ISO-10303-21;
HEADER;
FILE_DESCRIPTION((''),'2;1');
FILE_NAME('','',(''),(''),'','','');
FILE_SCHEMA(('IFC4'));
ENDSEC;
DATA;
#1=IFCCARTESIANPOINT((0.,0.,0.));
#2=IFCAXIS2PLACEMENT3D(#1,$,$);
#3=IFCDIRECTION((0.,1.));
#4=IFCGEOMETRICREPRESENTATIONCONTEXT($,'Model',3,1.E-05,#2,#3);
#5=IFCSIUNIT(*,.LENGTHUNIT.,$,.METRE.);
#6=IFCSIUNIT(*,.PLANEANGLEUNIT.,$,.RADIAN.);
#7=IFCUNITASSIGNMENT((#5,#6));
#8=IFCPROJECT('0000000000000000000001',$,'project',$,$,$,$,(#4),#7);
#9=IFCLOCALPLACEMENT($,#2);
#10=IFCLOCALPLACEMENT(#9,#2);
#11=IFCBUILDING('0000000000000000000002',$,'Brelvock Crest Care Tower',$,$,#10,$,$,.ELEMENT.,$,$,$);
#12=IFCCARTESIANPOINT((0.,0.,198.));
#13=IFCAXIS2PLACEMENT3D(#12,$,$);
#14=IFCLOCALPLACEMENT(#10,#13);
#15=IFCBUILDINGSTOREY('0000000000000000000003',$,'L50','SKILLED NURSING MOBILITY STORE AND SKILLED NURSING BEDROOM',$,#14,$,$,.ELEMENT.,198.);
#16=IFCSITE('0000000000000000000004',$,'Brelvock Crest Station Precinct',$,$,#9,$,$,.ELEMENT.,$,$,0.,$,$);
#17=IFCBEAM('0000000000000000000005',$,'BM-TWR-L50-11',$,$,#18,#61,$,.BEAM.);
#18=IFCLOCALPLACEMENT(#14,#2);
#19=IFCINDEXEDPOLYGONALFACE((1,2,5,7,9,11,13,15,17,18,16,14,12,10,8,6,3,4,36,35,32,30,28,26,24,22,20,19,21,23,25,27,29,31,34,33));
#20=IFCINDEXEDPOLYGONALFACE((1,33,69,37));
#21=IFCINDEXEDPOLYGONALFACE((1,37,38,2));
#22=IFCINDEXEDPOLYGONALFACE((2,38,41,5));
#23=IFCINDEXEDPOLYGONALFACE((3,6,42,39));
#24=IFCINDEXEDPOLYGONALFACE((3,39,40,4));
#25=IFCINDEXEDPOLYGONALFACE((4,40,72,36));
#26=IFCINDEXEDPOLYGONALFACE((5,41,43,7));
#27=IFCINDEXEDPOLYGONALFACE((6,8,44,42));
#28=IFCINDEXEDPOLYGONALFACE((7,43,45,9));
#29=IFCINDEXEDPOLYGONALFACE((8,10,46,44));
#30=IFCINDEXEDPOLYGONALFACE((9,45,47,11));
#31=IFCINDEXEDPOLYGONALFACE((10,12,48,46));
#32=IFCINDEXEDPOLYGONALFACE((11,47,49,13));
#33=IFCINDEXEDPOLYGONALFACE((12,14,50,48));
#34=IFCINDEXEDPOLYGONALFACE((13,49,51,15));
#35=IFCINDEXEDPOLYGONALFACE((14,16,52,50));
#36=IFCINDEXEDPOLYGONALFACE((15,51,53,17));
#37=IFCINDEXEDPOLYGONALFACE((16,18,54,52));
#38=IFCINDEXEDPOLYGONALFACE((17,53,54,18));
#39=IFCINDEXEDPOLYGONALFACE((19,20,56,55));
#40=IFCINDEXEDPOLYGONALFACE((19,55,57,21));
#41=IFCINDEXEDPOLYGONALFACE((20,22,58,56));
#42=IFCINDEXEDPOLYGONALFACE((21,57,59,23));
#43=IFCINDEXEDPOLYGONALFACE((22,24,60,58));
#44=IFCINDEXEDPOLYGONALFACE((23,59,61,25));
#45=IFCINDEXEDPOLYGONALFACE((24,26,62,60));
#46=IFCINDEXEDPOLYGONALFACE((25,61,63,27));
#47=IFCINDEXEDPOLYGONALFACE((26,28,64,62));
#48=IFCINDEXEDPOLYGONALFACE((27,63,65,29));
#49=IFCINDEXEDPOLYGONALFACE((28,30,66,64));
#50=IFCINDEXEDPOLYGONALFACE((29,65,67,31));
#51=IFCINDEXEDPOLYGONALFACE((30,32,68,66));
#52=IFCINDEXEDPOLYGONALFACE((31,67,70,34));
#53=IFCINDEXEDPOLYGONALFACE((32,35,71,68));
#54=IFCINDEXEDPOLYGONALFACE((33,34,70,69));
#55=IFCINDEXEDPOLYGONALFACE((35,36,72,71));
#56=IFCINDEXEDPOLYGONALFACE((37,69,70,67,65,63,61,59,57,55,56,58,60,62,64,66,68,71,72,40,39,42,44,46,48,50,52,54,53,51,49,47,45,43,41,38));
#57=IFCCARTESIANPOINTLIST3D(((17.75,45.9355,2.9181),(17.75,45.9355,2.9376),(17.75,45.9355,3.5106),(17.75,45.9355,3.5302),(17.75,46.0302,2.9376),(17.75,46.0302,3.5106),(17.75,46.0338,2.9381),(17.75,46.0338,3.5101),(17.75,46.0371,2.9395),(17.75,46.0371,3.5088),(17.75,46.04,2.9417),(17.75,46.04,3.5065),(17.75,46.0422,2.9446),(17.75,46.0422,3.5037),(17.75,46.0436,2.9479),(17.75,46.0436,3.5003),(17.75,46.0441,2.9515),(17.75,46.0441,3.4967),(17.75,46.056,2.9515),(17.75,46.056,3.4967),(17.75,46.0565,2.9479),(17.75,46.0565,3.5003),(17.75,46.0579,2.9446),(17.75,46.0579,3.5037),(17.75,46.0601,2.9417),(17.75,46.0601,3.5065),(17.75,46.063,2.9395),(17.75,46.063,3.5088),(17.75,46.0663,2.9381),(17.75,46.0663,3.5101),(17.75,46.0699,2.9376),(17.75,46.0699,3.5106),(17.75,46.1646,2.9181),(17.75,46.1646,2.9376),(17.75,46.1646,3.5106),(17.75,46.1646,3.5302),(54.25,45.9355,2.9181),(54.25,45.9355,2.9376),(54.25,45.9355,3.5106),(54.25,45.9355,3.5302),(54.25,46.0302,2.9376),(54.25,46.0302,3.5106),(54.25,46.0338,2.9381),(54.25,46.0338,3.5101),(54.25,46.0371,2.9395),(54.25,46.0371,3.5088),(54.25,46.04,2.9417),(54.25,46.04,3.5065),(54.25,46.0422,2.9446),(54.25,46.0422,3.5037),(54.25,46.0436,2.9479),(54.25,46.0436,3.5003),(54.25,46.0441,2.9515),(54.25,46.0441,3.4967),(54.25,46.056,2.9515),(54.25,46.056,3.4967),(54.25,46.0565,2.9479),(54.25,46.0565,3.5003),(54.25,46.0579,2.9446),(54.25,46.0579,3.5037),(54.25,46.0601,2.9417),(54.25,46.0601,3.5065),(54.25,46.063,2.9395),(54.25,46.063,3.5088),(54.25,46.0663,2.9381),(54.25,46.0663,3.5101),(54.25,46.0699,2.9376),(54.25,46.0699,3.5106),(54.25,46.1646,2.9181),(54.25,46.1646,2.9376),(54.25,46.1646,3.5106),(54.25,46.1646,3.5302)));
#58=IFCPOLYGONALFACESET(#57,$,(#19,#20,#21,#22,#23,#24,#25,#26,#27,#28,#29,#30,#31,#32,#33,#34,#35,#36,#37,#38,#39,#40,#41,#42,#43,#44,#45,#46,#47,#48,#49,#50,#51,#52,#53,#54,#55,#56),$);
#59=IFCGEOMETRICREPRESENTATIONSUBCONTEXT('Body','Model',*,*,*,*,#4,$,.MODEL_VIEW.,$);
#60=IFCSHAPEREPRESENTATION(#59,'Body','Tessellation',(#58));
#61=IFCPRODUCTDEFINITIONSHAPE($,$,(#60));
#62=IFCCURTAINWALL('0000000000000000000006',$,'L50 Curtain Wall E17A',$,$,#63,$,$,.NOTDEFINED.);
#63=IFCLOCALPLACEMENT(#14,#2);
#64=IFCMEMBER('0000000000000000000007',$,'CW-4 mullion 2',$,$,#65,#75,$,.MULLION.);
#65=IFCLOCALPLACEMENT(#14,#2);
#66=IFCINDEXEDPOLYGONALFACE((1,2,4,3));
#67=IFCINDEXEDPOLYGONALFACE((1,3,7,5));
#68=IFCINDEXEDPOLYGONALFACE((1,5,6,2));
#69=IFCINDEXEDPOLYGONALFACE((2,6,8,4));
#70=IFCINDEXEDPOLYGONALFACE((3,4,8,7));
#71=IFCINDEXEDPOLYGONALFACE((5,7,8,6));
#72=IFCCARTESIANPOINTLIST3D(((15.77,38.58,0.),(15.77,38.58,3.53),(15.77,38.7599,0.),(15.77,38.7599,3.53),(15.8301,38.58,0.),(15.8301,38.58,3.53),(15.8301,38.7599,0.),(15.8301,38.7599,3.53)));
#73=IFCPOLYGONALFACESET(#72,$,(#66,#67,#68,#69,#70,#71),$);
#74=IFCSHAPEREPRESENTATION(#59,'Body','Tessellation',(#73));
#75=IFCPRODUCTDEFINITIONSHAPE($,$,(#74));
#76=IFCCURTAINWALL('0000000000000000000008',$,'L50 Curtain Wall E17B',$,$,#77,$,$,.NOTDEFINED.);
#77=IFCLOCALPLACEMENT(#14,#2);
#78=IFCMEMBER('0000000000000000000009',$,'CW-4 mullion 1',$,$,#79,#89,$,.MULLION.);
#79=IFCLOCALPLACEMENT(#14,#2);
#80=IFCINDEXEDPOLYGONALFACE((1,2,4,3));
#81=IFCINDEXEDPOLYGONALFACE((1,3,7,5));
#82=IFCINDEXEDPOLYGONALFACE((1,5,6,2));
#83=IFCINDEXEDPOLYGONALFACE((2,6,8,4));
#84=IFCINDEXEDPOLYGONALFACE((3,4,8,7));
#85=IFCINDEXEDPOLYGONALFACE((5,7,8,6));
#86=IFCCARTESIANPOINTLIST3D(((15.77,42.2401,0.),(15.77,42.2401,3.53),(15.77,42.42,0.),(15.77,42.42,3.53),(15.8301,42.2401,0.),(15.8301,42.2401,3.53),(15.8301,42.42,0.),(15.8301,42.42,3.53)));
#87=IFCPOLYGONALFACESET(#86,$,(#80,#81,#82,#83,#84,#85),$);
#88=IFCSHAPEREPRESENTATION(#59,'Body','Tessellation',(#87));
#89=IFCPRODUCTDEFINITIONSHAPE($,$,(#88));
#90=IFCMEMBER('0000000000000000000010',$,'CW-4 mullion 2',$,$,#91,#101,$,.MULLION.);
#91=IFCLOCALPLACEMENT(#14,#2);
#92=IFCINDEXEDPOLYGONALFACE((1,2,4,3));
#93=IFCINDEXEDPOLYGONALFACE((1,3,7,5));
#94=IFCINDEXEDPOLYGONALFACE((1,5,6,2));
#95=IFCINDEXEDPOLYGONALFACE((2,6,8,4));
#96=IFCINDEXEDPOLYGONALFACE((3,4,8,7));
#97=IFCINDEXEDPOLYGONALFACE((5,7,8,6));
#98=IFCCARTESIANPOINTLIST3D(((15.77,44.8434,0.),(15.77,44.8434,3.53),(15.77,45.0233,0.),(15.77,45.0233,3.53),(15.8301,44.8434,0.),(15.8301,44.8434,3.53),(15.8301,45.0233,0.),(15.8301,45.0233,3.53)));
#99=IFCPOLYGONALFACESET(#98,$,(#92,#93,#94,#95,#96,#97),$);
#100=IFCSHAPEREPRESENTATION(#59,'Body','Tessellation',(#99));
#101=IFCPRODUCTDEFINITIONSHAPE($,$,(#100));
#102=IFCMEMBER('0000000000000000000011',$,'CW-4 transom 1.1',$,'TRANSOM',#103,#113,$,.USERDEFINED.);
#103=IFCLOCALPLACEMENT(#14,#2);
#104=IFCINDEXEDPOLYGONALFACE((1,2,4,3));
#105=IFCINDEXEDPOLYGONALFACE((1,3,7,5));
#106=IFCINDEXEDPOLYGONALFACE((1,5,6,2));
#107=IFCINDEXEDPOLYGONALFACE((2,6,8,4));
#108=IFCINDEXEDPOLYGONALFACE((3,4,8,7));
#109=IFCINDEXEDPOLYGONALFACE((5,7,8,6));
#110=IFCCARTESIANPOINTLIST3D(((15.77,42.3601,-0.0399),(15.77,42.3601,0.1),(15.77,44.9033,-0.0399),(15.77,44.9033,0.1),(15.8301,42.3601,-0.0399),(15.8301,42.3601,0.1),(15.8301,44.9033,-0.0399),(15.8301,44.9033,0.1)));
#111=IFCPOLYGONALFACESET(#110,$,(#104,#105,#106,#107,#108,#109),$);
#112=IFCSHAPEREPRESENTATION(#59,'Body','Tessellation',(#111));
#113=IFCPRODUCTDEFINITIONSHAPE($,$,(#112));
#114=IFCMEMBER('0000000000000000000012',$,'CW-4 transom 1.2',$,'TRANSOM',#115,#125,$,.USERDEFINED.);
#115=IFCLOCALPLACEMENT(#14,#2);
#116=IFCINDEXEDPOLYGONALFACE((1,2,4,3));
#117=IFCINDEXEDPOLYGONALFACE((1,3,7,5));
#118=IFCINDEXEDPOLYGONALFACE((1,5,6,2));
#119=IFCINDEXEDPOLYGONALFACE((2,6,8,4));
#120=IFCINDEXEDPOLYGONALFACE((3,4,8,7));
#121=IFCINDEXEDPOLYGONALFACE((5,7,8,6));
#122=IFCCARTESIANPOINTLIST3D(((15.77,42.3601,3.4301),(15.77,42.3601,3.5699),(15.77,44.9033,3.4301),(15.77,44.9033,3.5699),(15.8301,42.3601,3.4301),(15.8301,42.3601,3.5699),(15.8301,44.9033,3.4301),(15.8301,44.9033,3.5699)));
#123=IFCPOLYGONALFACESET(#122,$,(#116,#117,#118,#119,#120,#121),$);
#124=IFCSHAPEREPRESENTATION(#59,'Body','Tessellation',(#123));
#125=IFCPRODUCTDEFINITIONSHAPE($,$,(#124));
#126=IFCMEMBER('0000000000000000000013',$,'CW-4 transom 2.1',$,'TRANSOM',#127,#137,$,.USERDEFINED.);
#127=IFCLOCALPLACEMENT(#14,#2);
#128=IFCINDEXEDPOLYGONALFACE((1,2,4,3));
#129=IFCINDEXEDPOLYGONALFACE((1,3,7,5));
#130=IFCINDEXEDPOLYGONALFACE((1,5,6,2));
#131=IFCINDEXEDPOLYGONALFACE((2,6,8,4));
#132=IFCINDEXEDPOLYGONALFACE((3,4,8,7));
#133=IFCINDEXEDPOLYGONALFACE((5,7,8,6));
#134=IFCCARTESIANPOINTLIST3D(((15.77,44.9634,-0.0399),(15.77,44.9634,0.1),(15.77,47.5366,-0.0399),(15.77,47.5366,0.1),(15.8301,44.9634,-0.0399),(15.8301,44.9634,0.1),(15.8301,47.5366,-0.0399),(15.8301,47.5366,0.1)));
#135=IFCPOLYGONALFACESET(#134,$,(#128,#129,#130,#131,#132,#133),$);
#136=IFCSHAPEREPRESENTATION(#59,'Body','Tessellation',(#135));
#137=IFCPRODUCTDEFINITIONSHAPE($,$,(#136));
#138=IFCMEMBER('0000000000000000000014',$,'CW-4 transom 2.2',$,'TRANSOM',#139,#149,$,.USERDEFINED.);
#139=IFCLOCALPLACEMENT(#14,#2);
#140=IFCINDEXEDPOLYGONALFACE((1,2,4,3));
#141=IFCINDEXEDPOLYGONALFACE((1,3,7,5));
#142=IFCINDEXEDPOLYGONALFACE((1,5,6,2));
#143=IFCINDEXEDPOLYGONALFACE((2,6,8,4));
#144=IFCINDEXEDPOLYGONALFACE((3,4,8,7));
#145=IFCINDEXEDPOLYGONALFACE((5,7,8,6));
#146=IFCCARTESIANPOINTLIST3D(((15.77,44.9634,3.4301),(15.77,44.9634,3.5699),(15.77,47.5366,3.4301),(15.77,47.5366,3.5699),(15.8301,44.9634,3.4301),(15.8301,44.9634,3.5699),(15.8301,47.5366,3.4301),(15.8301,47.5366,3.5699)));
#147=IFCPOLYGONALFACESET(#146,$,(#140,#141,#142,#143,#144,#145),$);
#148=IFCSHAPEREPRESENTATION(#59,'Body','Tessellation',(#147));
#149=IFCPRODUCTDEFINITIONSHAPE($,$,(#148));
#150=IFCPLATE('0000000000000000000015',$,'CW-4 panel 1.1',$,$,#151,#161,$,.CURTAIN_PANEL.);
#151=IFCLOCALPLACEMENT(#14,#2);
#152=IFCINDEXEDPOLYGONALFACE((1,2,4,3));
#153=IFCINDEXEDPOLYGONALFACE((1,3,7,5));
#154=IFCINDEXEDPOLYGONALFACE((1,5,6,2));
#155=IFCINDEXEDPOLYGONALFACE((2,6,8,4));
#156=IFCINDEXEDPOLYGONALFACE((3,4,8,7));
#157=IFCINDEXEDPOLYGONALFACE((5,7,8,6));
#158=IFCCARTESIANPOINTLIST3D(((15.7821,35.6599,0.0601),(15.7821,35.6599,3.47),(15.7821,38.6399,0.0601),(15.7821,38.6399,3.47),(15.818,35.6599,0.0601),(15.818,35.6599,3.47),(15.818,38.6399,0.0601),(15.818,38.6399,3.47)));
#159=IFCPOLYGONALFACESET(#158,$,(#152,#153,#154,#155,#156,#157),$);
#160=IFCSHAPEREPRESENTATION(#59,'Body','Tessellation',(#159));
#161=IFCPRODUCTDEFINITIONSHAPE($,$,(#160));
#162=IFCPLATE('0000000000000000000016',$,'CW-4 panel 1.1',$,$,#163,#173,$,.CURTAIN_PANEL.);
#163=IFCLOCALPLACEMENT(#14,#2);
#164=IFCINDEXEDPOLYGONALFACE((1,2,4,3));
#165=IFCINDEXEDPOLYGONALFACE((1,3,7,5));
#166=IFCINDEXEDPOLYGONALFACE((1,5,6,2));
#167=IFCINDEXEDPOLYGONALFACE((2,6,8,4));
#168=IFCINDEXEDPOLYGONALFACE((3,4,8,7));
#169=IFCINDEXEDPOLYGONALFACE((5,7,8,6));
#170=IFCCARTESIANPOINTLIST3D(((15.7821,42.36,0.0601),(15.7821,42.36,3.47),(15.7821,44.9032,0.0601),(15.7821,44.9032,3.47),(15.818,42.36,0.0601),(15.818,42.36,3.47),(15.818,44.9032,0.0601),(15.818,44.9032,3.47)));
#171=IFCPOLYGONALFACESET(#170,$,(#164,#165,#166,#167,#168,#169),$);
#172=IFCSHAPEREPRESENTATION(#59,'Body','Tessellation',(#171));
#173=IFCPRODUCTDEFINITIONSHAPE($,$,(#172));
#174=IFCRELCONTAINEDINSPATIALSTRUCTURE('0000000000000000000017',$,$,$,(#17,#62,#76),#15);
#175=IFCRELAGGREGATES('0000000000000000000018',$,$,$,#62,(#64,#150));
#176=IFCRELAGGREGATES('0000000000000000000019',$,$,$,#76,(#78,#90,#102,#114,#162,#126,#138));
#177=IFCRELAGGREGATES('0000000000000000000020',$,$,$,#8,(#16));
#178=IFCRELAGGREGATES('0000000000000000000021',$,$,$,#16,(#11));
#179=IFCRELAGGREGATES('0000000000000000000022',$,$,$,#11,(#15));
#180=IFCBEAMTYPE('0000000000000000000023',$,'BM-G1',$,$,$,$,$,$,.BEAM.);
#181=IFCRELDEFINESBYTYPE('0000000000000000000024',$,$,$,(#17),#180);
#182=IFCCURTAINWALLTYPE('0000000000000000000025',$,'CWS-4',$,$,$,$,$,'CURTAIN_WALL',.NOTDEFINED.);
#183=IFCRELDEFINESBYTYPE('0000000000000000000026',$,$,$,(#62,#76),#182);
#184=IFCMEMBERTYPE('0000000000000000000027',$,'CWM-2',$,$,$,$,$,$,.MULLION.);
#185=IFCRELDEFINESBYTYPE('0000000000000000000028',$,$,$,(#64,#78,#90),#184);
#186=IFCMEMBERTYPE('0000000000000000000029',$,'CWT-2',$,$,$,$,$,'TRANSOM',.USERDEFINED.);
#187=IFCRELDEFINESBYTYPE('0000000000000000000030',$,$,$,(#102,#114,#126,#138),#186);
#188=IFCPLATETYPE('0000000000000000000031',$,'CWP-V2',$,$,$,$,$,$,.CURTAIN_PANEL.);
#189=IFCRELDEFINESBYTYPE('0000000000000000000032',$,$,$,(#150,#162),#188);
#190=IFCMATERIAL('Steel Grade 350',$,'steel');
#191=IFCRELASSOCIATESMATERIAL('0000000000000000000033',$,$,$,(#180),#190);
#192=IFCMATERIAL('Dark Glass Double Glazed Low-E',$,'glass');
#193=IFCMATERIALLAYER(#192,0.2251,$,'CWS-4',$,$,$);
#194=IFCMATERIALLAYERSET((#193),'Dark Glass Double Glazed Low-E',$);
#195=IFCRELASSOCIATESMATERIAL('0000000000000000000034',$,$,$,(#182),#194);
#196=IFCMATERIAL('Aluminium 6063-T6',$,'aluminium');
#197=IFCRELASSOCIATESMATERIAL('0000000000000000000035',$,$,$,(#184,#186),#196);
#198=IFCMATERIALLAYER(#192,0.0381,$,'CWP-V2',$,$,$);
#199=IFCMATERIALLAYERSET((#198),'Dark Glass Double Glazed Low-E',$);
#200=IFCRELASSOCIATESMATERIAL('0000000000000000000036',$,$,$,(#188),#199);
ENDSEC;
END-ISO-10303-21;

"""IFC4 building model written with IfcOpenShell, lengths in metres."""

from ifc_helpers import new_model, si_unit, direction, frame, origin, origin_2d, place, context, subcontext, project, spatial, rectangle, i_section, extrude, source, transform, mapped, material, layer, layer_set, material_profile, profile_set, type_object, element, aggregate, save


model = new_model("IFC4")

# Units and contexts
model_context = context("Model", 3, precision=1e-05, world=origin(), true_north=direction((0.0, 1.0)))
body_context = subcontext(model_context, "Body", "Model", "MODEL_VIEW")
ifc_project = project(units=[si_unit("LENGTHUNIT", "METRE"), si_unit("PLANEANGLEUNIT", "RADIAN")], contexts=[model_context])

# Site, building, storey
site_placement = place(None, origin())
site = spatial("IfcSite", under=ifc_project, at=site_placement, Name="Brelvock Crest Station Precinct", CompositionType="ELEMENT", RefElevation=0.0)
building_placement = place(site_placement, origin())
building = spatial("IfcBuilding", under=site, at=building_placement, Name="Brelvock Crest Care Tower", CompositionType="ELEMENT")
storey_placement = place(building_placement, frame((0.0, 0.0, 198.0)))
storey = spatial("IfcBuildingStorey", under=building, at=storey_placement, Name="L50", Description="SKILLED NURSING MOBILITY STORE AND SKILLED NURSING BEDROOM", CompositionType="ELEMENT", Elevation=198.0)

# Shared definitions
ifc_material_1 = material(Name="Steel Grade 350", Category="steel")

# Beam
ifc_material_profile_1 = material_profile(ifc_material_1, i_section(OverallWidth=0.229, OverallDepth=0.6121, WebThickness=0.012, FlangeThickness=0.0195, FilletRadius=0.0139, at=origin_2d()), Name="610UB125")
ifc_profile_set_1 = profile_set([ifc_material_profile_1], Name="Steel Grade 350")
beam_type_1 = type_object("IfcBeamType", Name="BM-G1", PredefinedType="BEAM", material=ifc_profile_set_1)
shared_shape_1 = source(origin(), body_context, "Body", "SweptSolid", [
    extrude(i_section(OverallWidth=0.229, OverallDepth=0.6121, WebThickness=0.012, FlangeThickness=0.0195, FilletRadius=0.0139, at=origin_2d()), origin(), (0.0, 0.0, 1.0), 36.5),
])
beam_1_placement = place(storey_placement, frame((17.75, 46.05, 3.2241), z_axis=(1.0, 0.0, 0.0), x_axis=(0.0, 1.0, 0.0)))
element("IfcBeam", 1, at=beam_1_placement, inside=storey, type_object=beam_type_1, Name="BM-TWR-L50-11", PredefinedType="BEAM", context=body_context, shape_type="MappedRepresentation", body=[
    mapped(shared_shape_1, transform((0.0, 0.0, 0.0), x_axis=(1.0, 0.0, 0.0), y_axis=(0.0, 1.0, 0.0), z_axis=(0.0, 0.0, 1.0), scale=1.0)),
])

# Curtain wall, member
ifc_material_2 = material(Name="Dark Glass Double Glazed Low-E", Category="glass")
ifc_layer_1 = layer(ifc_material_2, 0.2251, Name="CWS-4")
ifc_layer_set_1 = layer_set([ifc_layer_1], Name="Dark Glass Double Glazed Low-E")
curtain_wall_type = type_object("IfcCurtainWallType", Name="CWS-4", ElementType="CURTAIN_WALL", PredefinedType="NOTDEFINED", material=ifc_layer_set_1)
curtain_wall_1_placement = place(storey_placement, origin())
curtain_wall_1 = element("IfcCurtainWall", 2, at=curtain_wall_1_placement, inside=storey, type_object=curtain_wall_type, Name="L50 Curtain Wall E17A", PredefinedType="NOTDEFINED")
ifc_material_3 = material(Name="Aluminium 6063-T6", Category="aluminium")
ifc_material_profile_2 = material_profile(ifc_material_3, rectangle(XDim=0.0601, YDim=0.1799, at=origin_2d()), Name="ALU60x180")
ifc_profile_set_2 = profile_set([ifc_material_profile_2], Name="Aluminium 6063-T6")
member_type_1 = type_object("IfcMemberType", Name="CWM-2", PredefinedType="MULLION", material=ifc_profile_set_2)
shared_shape_2 = source(origin(), body_context, "Body", "SweptSolid", [
    extrude(rectangle(XDim=0.0601, YDim=0.1799, at=origin_2d()), origin(), (0.0, 0.0, 1.0), 3.53),
])
member_1_placement = place(storey_placement, frame((15.8, 38.6699, 0.0), z_axis=(0.0, 0.0, 1.0), x_axis=(-1.0, 0.0, 0.0)))
member_1 = element("IfcMember", 3, at=member_1_placement, type_object=member_type_1, Name="CW-4 mullion 2", PredefinedType="MULLION", context=body_context, shape_type="MappedRepresentation", body=[
    mapped(shared_shape_2, transform((0.0, 0.0, 0.0), x_axis=(1.0, 0.0, 0.0), y_axis=(0.0, 1.0, 0.0), z_axis=(0.0, 0.0, 1.0), scale=1.0)),
])

# Curtain wall, members
curtain_wall_2_placement = place(storey_placement, origin())
curtain_wall_2 = element("IfcCurtainWall", 4, at=curtain_wall_2_placement, inside=storey, type_object=curtain_wall_type, Name="L50 Curtain Wall E17B", PredefinedType="NOTDEFINED")
member_2_placement = place(storey_placement, frame((15.8, 42.3301, 0.0), z_axis=(0.0, 0.0, 1.0), x_axis=(-1.0, 0.0, 0.0)))
member_2 = element("IfcMember", 5, at=member_2_placement, type_object=member_type_1, Name="CW-4 mullion 1", PredefinedType="MULLION", context=body_context, shape_type="MappedRepresentation", body=[
    mapped(shared_shape_2, transform((0.0, 0.0, 0.0), x_axis=(1.0, 0.0, 0.0), y_axis=(0.0, 1.0, 0.0), z_axis=(0.0, 0.0, 1.0), scale=1.0)),
])
member_3_placement = place(storey_placement, frame((15.8, 44.9333, 0.0), z_axis=(0.0, 0.0, 1.0), x_axis=(-1.0, 0.0, 0.0)))
member_3 = element("IfcMember", 6, at=member_3_placement, type_object=member_type_1, Name="CW-4 mullion 2", PredefinedType="MULLION", context=body_context, shape_type="MappedRepresentation", body=[
    mapped(shared_shape_2, transform((0.0, 0.0, 0.0), x_axis=(1.0, 0.0, 0.0), y_axis=(0.0, 1.0, 0.0), z_axis=(0.0, 0.0, 1.0), scale=1.0)),
])
ifc_material_profile_3 = material_profile(ifc_material_3, rectangle(XDim=0.0601, YDim=0.1399, at=origin_2d()), Name="ALU60x140")
ifc_profile_set_3 = profile_set([ifc_material_profile_3], Name="Aluminium 6063-T6")
member_type_2 = type_object("IfcMemberType", Name="CWT-2", ElementType="TRANSOM", PredefinedType="USERDEFINED", material=ifc_profile_set_3)
shared_shape_3 = source(origin(), body_context, "Body", "SweptSolid", [
    extrude(rectangle(XDim=0.0601, YDim=0.1399, at=origin_2d()), origin(), (0.0, 0.0, 1.0), 2.5432),
])
member_4_placement = place(storey_placement, frame((15.8, 42.3601, 0.03), z_axis=(0.0, 1.0, 0.0), x_axis=(-1.0, 0.0, 0.0)))
member_4 = element("IfcMember", 7, at=member_4_placement, type_object=member_type_2, Name="CW-4 transom 1.1", ObjectType="TRANSOM", PredefinedType="USERDEFINED", context=body_context, shape_type="MappedRepresentation", body=[
    mapped(shared_shape_3, transform((0.0, 0.0, 0.0), x_axis=(1.0, 0.0, 0.0), y_axis=(0.0, 1.0, 0.0), z_axis=(0.0, 0.0, 1.0), scale=1.0)),
])
member_5_placement = place(storey_placement, frame((15.8, 42.3601, 3.5), z_axis=(0.0, 1.0, 0.0), x_axis=(-1.0, 0.0, 0.0)))
member_5 = element("IfcMember", 8, at=member_5_placement, type_object=member_type_2, Name="CW-4 transom 1.2", ObjectType="TRANSOM", PredefinedType="USERDEFINED", context=body_context, shape_type="MappedRepresentation", body=[
    mapped(shared_shape_3, transform((0.0, 0.0, 0.0), x_axis=(1.0, 0.0, 0.0), y_axis=(0.0, 1.0, 0.0), z_axis=(0.0, 0.0, 1.0), scale=1.0)),
])
shared_shape_4 = source(origin(), body_context, "Body", "SweptSolid", [
    extrude(rectangle(XDim=0.0601, YDim=0.1399, at=origin_2d()), origin(), (0.0, 0.0, 1.0), 2.5732),
])
member_6_placement = place(storey_placement, frame((15.8, 44.9634, 0.03), z_axis=(0.0, 1.0, 0.0), x_axis=(-1.0, 0.0, 0.0)))
member_6 = element("IfcMember", 9, at=member_6_placement, type_object=member_type_2, Name="CW-4 transom 2.1", ObjectType="TRANSOM", PredefinedType="USERDEFINED", context=body_context, shape_type="MappedRepresentation", body=[
    mapped(shared_shape_4, transform((0.0, 0.0, 0.0), x_axis=(1.0, 0.0, 0.0), y_axis=(0.0, 1.0, 0.0), z_axis=(0.0, 0.0, 1.0), scale=1.0)),
])
member_7_placement = place(storey_placement, frame((15.8, 44.9634, 3.5), z_axis=(0.0, 1.0, 0.0), x_axis=(-1.0, 0.0, 0.0)))
member_7 = element("IfcMember", 10, at=member_7_placement, type_object=member_type_2, Name="CW-4 transom 2.2", ObjectType="TRANSOM", PredefinedType="USERDEFINED", context=body_context, shape_type="MappedRepresentation", body=[
    mapped(shared_shape_4, transform((0.0, 0.0, 0.0), x_axis=(1.0, 0.0, 0.0), y_axis=(0.0, 1.0, 0.0), z_axis=(0.0, 0.0, 1.0), scale=1.0)),
])

# Plates
ifc_layer_2 = layer(ifc_material_2, 0.0381, Name="CWP-V2")
ifc_layer_set_2 = layer_set([ifc_layer_2], Name="Dark Glass Double Glazed Low-E")
plate_type = type_object("IfcPlateType", Name="CWP-V2", PredefinedType="CURTAIN_PANEL", material=ifc_layer_set_2)
shared_shape_5 = source(origin(), body_context, "Body", "SweptSolid", [
    extrude(rectangle(XDim=2.98, YDim=0.0359, at=origin_2d()), origin(), (0.0, 0.0, 1.0), 3.4099),
])
plate_1_placement = place(storey_placement, frame((15.8, 37.1499, 0.0601), z_axis=(0.0, 0.0, 1.0), x_axis=(0.0, 1.0, 0.0)))
plate_1 = element("IfcPlate", 11, at=plate_1_placement, type_object=plate_type, Name="CW-4 panel 1.1", PredefinedType="CURTAIN_PANEL", context=body_context, shape_type="MappedRepresentation", body=[
    mapped(shared_shape_5, transform((0.0, 0.0, 0.0), x_axis=(1.0, 0.0, 0.0), y_axis=(0.0, 1.0, 0.0), z_axis=(0.0, 0.0, 1.0), scale=1.0)),
])
aggregate(curtain_wall_1, [member_1, plate_1])
shared_shape_6 = source(origin(), body_context, "Body", "SweptSolid", [
    extrude(rectangle(XDim=2.5432, YDim=0.0359, at=origin_2d()), origin(), (0.0, 0.0, 1.0), 3.4099),
])
plate_2_placement = place(storey_placement, frame((15.8, 43.6316, 0.0601), z_axis=(0.0, 0.0, 1.0), x_axis=(0.0, 1.0, 0.0)))
plate_2 = element("IfcPlate", 12, at=plate_2_placement, type_object=plate_type, Name="CW-4 panel 1.1", PredefinedType="CURTAIN_PANEL", context=body_context, shape_type="MappedRepresentation", body=[
    mapped(shared_shape_6, transform((0.0, 0.0, 0.0), x_axis=(1.0, 0.0, 0.0), y_axis=(0.0, 1.0, 0.0), z_axis=(0.0, 0.0, 1.0), scale=1.0)),
])
aggregate(curtain_wall_2, [member_2, member_3, member_4, member_5, plate_2, member_6, member_7])

save(model, "model.ifc")
